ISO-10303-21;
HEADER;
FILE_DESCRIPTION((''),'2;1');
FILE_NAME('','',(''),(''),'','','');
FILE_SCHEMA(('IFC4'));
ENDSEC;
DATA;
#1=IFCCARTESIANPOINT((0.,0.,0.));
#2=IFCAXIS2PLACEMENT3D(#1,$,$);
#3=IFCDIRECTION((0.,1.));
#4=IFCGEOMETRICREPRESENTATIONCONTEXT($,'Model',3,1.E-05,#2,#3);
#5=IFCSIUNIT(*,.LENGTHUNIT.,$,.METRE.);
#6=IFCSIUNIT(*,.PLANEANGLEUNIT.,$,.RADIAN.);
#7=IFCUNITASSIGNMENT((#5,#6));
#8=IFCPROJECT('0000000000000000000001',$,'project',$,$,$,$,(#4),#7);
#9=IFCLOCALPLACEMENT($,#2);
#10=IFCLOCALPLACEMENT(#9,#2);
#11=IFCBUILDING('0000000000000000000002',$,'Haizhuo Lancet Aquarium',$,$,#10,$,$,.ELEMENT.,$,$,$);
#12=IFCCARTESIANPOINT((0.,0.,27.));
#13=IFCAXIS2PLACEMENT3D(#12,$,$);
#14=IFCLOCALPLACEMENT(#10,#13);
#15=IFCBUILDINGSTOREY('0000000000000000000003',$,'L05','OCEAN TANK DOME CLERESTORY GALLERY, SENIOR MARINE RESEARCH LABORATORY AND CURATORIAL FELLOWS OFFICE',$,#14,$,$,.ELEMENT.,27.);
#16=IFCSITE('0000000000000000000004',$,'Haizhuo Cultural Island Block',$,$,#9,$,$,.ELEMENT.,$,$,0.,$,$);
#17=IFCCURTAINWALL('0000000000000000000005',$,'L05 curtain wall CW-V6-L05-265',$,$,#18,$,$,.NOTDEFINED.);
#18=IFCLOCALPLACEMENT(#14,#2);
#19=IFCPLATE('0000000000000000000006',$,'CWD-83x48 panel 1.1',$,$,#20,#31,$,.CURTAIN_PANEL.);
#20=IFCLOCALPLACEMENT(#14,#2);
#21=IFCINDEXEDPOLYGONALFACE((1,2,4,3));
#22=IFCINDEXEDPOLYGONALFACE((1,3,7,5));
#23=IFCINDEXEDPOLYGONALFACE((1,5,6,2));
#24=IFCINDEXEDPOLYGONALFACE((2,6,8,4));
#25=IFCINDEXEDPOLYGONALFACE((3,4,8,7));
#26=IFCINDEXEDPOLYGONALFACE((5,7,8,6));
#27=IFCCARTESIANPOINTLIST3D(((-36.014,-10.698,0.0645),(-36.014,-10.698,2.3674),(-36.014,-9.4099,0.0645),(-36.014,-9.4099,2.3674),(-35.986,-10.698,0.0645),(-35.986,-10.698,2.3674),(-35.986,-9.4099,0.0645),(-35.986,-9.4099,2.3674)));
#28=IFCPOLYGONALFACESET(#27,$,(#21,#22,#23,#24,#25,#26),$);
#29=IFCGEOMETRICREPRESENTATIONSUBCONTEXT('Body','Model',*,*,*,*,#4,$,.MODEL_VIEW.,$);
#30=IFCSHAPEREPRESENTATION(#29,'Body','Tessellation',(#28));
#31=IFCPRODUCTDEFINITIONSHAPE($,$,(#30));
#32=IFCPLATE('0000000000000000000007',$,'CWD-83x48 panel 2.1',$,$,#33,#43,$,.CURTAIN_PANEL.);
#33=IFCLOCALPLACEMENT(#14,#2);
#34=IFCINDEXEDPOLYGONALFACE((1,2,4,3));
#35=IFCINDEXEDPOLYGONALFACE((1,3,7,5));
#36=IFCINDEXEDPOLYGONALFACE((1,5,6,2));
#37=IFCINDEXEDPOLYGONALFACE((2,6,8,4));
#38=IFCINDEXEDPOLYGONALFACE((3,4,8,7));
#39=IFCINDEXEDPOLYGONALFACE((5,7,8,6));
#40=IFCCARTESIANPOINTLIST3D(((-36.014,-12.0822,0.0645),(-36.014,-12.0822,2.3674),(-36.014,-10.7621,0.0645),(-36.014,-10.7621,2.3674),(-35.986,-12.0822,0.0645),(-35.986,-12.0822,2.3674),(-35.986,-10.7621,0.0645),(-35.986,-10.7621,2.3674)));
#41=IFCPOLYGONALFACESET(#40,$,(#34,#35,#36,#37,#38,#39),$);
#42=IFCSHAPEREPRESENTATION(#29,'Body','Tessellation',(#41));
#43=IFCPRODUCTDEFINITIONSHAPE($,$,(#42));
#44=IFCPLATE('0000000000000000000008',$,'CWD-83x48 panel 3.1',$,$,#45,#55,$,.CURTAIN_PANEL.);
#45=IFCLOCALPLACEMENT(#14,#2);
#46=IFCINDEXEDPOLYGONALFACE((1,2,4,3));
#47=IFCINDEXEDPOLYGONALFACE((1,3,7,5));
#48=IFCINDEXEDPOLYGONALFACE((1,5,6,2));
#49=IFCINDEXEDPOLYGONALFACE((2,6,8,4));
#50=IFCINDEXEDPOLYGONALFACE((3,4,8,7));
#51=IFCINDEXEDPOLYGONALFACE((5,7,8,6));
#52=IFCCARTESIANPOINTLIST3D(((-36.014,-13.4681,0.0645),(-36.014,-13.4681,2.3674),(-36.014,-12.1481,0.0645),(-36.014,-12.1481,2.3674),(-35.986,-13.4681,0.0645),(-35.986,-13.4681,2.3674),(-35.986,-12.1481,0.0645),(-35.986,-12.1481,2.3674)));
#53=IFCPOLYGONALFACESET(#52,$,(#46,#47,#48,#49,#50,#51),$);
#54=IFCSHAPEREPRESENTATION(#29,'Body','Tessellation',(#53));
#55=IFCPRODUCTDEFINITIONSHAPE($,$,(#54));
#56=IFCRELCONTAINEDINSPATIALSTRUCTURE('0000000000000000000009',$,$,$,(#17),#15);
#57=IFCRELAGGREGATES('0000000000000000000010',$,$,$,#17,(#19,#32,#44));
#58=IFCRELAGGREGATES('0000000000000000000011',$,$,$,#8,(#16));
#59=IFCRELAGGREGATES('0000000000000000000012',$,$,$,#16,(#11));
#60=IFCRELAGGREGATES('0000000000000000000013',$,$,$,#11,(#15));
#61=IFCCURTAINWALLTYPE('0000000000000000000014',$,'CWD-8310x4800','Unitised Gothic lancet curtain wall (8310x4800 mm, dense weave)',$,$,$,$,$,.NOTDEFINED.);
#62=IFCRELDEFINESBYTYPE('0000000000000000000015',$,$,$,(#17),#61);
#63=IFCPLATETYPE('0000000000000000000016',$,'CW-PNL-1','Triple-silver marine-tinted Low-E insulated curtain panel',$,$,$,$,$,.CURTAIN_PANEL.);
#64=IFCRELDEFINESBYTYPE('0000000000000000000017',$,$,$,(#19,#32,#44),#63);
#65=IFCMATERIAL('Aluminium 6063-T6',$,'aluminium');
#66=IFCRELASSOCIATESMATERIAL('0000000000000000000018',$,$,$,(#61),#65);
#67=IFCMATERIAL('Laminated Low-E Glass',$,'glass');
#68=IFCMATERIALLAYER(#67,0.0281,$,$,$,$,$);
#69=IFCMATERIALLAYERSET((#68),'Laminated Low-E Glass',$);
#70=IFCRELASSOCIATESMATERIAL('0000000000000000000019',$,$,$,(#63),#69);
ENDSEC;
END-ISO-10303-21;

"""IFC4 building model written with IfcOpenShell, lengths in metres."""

from ifc_helpers import new_model, si_unit, direction, frame, origin, origin_2d, place, context, subcontext, project, spatial, rectangle, extrude, material, layer, layer_set, type_object, element, aggregate, save


model = new_model("IFC4")

# Units and contexts
model_context = context("Model", 3, precision=1e-05, world=origin(), true_north=direction((0.0, 1.0)))
body_context = subcontext(model_context, "Body", "Model", "MODEL_VIEW")
ifc_project = project(units=[si_unit("LENGTHUNIT", "METRE"), si_unit("PLANEANGLEUNIT", "RADIAN")], contexts=[model_context])

# Site, building, storey
site_placement = place(None, origin())
site = spatial("IfcSite", under=ifc_project, at=site_placement, Name="Haizhuo Cultural Island Block", CompositionType="ELEMENT", RefElevation=0.0)
building_placement = place(site_placement, origin())
building = spatial("IfcBuilding", under=site, at=building_placement, Name="Haizhuo Lancet Aquarium", CompositionType="ELEMENT")
storey_placement = place(building_placement, frame((0.0, 0.0, 27.0)))
storey = spatial("IfcBuildingStorey", under=building, at=storey_placement, Name="L05", Description="OCEAN TANK DOME CLERESTORY GALLERY, SENIOR MARINE RESEARCH LABORATORY AND CURATORIAL FELLOWS OFFICE", CompositionType="ELEMENT", Elevation=27.0)

# Curtain wall
ifc_material_1 = material(Name="Aluminium 6063-T6", Category="aluminium")
curtain_wall_type = type_object("IfcCurtainWallType", Name="CWD-8310x4800", Description="Unitised Gothic lancet curtain wall (8310x4800 mm, dense weave)", PredefinedType="NOTDEFINED", material=ifc_material_1)
curtain_wall_placement = place(storey_placement, origin())
curtain_wall = element("IfcCurtainWall", 1, at=curtain_wall_placement, inside=storey, type_object=curtain_wall_type, Name="L05 curtain wall CW-V6-L05-265", PredefinedType="NOTDEFINED")

# Plates
ifc_material_2 = material(Name="Laminated Low-E Glass", Category="glass")
ifc_layer = layer(ifc_material_2, 0.0281)
ifc_layer_set = layer_set([ifc_layer], Name="Laminated Low-E Glass")
plate_type = type_object("IfcPlateType", Name="CW-PNL-1", Description="Triple-silver marine-tinted Low-E insulated curtain panel", PredefinedType="CURTAIN_PANEL", material=ifc_layer_set)
plate_1_placement = place(storey_placement, frame((-36.0, -10.054, 0.0645), z_axis=(0.0, 0.0, 1.0), x_axis=(0.0, -1.0, 0.0)))
plate_1 = element("IfcPlate", 2, at=plate_1_placement, type_object=plate_type, Name="CWD-83x48 panel 1.1", PredefinedType="CURTAIN_PANEL", context=body_context, shape_type="SweptSolid", body=[
    extrude(rectangle(XDim=1.2881, YDim=0.0281, at=origin_2d()), origin(), (0.0, 0.0, 1.0), 2.303),
])
plate_2_placement = place(storey_placement, frame((-36.0, -11.4221, 0.0645), z_axis=(0.0, 0.0, 1.0), x_axis=(0.0, -1.0, 0.0)))
plate_2 = element("IfcPlate", 3, at=plate_2_placement, type_object=plate_type, Name="CWD-83x48 panel 2.1", PredefinedType="CURTAIN_PANEL", context=body_context, shape_type="SweptSolid", body=[
    extrude(rectangle(XDim=1.3201, YDim=0.0281, at=origin_2d()), origin(), (0.0, 0.0, 1.0), 2.303),
])
plate_3_placement = place(storey_placement, frame((-36.0, -12.8081, 0.0645), z_axis=(0.0, 0.0, 1.0), x_axis=(0.0, -1.0, 0.0)))
plate_3 = element("IfcPlate", 4, at=plate_3_placement, type_object=plate_type, Name="CWD-83x48 panel 3.1", PredefinedType="CURTAIN_PANEL", context=body_context, shape_type="SweptSolid", body=[
    extrude(rectangle(XDim=1.3201, YDim=0.0281, at=origin_2d()), origin(), (0.0, 0.0, 1.0), 2.303),
])
aggregate(curtain_wall, [plate_1, plate_2, plate_3])

save(model, "model.ifc")
